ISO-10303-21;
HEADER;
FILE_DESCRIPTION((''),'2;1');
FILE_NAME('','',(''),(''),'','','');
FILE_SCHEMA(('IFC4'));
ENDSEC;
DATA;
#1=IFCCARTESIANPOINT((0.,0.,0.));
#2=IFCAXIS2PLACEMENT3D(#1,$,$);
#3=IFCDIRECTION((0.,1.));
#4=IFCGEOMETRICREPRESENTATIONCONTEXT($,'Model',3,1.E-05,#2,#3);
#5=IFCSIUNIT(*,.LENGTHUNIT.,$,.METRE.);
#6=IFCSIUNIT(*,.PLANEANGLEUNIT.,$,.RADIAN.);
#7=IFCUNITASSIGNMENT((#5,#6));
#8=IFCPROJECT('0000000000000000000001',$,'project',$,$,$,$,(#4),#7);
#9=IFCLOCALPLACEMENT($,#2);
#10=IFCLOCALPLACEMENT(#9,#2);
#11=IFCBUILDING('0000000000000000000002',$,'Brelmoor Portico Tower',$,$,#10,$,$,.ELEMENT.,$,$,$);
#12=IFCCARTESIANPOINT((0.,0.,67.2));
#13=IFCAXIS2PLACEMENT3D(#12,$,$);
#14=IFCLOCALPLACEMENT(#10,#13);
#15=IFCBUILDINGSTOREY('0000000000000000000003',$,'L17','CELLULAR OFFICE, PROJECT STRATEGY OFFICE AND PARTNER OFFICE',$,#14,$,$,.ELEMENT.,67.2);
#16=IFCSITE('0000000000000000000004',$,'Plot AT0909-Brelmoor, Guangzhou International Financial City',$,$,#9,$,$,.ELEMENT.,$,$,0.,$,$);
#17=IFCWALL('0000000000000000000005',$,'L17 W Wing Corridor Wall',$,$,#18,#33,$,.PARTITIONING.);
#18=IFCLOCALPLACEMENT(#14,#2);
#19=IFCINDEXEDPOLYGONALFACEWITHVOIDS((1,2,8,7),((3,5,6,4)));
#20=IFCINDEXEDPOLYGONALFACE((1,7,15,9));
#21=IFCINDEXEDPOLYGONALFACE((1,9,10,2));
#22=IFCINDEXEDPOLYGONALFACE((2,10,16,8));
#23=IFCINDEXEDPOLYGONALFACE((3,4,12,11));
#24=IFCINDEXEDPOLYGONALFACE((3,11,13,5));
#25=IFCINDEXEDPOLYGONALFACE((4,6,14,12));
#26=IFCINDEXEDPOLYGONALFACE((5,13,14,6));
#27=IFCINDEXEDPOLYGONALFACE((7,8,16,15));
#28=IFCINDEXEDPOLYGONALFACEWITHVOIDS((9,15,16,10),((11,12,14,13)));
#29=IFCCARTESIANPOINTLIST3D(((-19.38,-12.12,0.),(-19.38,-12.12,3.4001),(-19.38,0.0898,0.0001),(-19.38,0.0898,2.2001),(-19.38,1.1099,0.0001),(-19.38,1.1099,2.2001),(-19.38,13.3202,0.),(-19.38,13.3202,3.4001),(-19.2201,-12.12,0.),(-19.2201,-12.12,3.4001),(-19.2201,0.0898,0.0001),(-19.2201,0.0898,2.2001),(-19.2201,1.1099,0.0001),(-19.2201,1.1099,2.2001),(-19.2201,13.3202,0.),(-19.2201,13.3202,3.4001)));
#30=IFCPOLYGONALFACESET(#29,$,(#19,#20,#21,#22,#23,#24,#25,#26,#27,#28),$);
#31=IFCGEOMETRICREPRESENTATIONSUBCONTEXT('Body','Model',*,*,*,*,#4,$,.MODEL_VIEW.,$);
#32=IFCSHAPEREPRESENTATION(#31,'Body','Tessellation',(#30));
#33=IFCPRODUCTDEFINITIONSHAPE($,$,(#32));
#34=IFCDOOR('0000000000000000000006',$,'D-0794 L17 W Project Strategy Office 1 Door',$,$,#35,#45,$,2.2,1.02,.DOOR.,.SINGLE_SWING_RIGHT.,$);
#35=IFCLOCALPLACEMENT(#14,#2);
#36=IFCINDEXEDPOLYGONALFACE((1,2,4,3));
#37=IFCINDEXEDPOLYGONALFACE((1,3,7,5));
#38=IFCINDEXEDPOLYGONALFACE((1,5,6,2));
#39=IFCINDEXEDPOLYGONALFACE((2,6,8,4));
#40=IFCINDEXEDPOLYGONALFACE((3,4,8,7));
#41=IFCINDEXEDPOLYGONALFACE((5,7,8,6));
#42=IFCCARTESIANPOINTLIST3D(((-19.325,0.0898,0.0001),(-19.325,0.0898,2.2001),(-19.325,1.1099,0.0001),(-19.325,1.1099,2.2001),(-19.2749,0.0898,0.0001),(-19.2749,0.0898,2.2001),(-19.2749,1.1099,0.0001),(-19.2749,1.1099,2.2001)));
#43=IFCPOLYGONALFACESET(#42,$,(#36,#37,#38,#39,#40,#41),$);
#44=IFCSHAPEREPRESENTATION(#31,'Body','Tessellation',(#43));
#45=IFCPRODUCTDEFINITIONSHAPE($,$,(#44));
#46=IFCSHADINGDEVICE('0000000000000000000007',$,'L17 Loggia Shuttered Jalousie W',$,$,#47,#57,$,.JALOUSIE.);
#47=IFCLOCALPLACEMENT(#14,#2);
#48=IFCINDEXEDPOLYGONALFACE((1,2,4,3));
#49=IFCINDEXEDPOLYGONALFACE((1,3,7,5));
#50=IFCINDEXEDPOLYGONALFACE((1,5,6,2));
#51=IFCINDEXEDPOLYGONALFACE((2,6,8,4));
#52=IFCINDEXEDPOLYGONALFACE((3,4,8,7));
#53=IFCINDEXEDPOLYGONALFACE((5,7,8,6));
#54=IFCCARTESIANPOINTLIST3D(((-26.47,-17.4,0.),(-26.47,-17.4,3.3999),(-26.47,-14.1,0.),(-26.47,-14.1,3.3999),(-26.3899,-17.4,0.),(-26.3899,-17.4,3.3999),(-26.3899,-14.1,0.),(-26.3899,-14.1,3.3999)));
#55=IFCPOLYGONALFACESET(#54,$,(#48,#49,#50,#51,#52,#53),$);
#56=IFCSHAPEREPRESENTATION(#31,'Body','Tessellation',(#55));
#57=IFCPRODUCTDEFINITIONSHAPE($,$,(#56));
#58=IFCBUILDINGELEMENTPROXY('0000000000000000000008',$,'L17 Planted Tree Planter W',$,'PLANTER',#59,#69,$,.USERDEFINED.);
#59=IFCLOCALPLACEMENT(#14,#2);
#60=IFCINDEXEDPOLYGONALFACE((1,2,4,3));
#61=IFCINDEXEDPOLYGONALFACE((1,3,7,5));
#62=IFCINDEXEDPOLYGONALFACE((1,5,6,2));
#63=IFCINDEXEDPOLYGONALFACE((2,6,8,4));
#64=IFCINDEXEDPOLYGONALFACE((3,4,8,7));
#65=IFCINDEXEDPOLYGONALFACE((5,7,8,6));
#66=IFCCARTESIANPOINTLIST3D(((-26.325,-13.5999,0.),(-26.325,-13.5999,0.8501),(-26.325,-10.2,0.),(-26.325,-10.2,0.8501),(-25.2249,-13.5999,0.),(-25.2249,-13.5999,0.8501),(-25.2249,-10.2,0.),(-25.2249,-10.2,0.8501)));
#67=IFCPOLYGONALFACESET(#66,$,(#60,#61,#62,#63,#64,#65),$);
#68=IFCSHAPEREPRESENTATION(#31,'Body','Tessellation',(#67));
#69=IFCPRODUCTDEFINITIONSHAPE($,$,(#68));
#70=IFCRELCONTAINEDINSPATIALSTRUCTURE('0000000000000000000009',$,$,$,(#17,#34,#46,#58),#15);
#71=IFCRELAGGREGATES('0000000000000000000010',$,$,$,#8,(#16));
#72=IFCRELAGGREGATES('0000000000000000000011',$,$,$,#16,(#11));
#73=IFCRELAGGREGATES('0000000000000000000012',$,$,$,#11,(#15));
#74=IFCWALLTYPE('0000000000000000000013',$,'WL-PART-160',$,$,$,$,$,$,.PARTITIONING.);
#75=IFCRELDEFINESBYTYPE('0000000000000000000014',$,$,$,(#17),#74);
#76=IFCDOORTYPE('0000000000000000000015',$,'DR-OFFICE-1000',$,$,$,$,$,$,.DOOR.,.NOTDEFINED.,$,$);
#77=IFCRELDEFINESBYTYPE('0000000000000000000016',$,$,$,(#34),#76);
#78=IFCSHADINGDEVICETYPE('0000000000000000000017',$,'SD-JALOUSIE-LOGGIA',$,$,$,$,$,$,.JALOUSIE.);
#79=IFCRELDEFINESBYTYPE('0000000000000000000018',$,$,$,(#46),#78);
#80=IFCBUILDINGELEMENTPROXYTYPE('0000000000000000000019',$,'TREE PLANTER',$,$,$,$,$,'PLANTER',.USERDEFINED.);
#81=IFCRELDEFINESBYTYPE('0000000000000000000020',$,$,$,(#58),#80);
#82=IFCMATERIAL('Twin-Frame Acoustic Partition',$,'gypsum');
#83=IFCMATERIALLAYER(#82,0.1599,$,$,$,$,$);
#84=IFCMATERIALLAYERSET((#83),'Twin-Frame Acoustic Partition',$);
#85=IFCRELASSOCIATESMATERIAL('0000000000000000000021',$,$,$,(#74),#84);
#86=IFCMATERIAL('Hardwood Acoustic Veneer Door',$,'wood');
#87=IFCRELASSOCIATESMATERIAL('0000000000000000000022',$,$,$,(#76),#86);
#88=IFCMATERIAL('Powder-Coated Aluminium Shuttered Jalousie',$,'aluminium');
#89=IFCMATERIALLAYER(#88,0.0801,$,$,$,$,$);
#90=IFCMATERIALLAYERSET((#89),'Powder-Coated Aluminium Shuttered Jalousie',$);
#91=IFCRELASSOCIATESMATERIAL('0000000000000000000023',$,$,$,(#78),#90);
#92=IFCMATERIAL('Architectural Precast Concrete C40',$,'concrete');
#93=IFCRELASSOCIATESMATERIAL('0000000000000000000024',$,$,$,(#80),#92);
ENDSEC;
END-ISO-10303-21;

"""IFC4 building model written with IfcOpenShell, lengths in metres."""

from ifc_helpers import new_model, si_unit, direction, frame, frame_2d, origin, origin_2d, place, context, subcontext, project, spatial, rectangle, extrude, material, layer, layer_set, type_object, element, fill, save


model = new_model("IFC4")

# Units and contexts
model_context = context("Model", 3, precision=1e-05, world=origin(), true_north=direction((0.0, 1.0)))
body_context = subcontext(model_context, "Body", "Model", "MODEL_VIEW")
ifc_project = project(units=[si_unit("LENGTHUNIT", "METRE"), si_unit("PLANEANGLEUNIT", "RADIAN")], contexts=[model_context])

# Site, building, storey
site_placement = place(None, origin())
site = spatial("IfcSite", under=ifc_project, at=site_placement, Name="Plot AT0909-Brelmoor, Guangzhou International Financial City", CompositionType="ELEMENT", RefElevation=0.0)
building_placement = place(site_placement, origin())
building = spatial("IfcBuilding", under=site, at=building_placement, Name="Brelmoor Portico Tower", CompositionType="ELEMENT")
storey_placement = place(building_placement, frame((0.0, 0.0, 67.2)))
storey = spatial("IfcBuildingStorey", under=building, at=storey_placement, Name="L17", Description="CELLULAR OFFICE, PROJECT STRATEGY OFFICE AND PARTNER OFFICE", CompositionType="ELEMENT", Elevation=67.2)

# Shared definitions
ifc_material_1 = material(Name="Twin-Frame Acoustic Partition", Category="gypsum")
ifc_layer_1 = layer(ifc_material_1, 0.1599)
ifc_layer_set_1 = layer_set([ifc_layer_1], Name="Twin-Frame Acoustic Partition")
wall_type_1 = type_object("IfcWallType", Name="WL-PART-160", PredefinedType="PARTITIONING", material=ifc_layer_set_1)

# Wall, opening, door
wall_1_placement = place(storey_placement, frame((-19.3, -12.1201, 0.0), z_axis=(0.0, 0.0, 1.0), x_axis=(0.0, 1.0, 0.0)))
wall_1 = element("IfcWall", 1, at=wall_1_placement, inside=storey, type_object=wall_type_1, Name="L17 W Wing Corridor Wall", PredefinedType="PARTITIONING", context=body_context, shape_type="SweptSolid", body=[
    extrude(rectangle(XDim=25.4402, YDim=0.1599, at=frame_2d((12.7202, 0.0))), origin(), (0.0, 0.0, 1.0), 3.4001),
])
opening_1_placement = place(wall_1_placement, frame((12.21, 0.0, 0.0)))
opening_1 = element("IfcOpeningElement", 2, at=opening_1_placement, cuts=wall_1, PredefinedType="OPENING", context=body_context, shape_type="SweptSolid", body=[
    extrude(rectangle(XDim=1.02, YDim=2.2, at=frame_2d((0.51, 1.1001))), frame((0.0, 0.0898, 0.0), z_axis=(0.0, -1.0, 0.0), x_axis=(1.0, 0.0, 0.0)), (0.0, 0.0, 1.0), 0.1799),
])
ifc_material_2 = material(Name="Hardwood Acoustic Veneer Door", Category="wood")
door_type_1 = type_object("IfcDoorType", Name="DR-OFFICE-1000", OperationType="NOTDEFINED", PredefinedType="DOOR", material=ifc_material_2)
door_1_placement = place(opening_1_placement, origin())
door_1 = element("IfcDoor", 3, at=door_1_placement, inside=storey, type_object=door_type_1, Name="D-0794 L17 W Project Strategy Office 1 Door", OperationType="SINGLE_SWING_RIGHT", OverallHeight=2.2, OverallWidth=1.02, PredefinedType="DOOR", context=body_context, shape_type="SweptSolid", body=[
    extrude(rectangle(XDim=1.02, YDim=2.2, at=frame_2d((0.51, 1.1001))), frame((0.0, 0.0249, 0.0), z_axis=(0.0, -1.0, 0.0), x_axis=(1.0, 0.0, 0.0)), (0.0, 0.0, 1.0), 0.05),
])
fill(opening_1, door_1)

# Shading device
ifc_material_3 = material(Name="Powder-Coated Aluminium Shuttered Jalousie", Category="aluminium")
ifc_layer_2 = layer(ifc_material_3, 0.0801)
ifc_layer_set_2 = layer_set([ifc_layer_2], Name="Powder-Coated Aluminium Shuttered Jalousie")
shading_device_type = type_object("IfcShadingDeviceType", Name="SD-JALOUSIE-LOGGIA", PredefinedType="JALOUSIE", material=ifc_layer_set_2)
shading_device_placement = place(storey_placement, frame((-26.4299, -15.75, 0.0), z_axis=(0.0, 0.0, 1.0), x_axis=(0.0, 1.0, 0.0)))
element("IfcShadingDevice", 4, at=shading_device_placement, inside=storey, type_object=shading_device_type, Name="L17 Loggia Shuttered Jalousie W", PredefinedType="JALOUSIE", context=body_context, shape_type="SweptSolid", body=[
    extrude(rectangle(XDim=3.3, YDim=0.0801, at=origin_2d()), origin(), (0.0, 0.0, 1.0), 3.3999),
])

# Building element proxy
ifc_material_4 = material(Name="Architectural Precast Concrete C40", Category="concrete")
building_element_proxy_type = type_object("IfcBuildingElementProxyType", Name="TREE PLANTER", ElementType="PLANTER", PredefinedType="USERDEFINED", material=ifc_material_4)
proxy_placement = place(storey_placement, frame((-25.7749, -11.8999, 0.0), z_axis=(0.0, 0.0, 1.0), x_axis=(0.0, 1.0, 0.0)))
element("IfcBuildingElementProxy", 5, at=proxy_placement, inside=storey, type_object=building_element_proxy_type, Name="L17 Planted Tree Planter W", ObjectType="PLANTER", PredefinedType="USERDEFINED", context=body_context, shape_type="SweptSolid", body=[
    extrude(rectangle(XDim=3.3999, YDim=1.1001, at=origin_2d()), origin(), (0.0, 0.0, 1.0), 0.8501),
])

save(model, "model.ifc")
